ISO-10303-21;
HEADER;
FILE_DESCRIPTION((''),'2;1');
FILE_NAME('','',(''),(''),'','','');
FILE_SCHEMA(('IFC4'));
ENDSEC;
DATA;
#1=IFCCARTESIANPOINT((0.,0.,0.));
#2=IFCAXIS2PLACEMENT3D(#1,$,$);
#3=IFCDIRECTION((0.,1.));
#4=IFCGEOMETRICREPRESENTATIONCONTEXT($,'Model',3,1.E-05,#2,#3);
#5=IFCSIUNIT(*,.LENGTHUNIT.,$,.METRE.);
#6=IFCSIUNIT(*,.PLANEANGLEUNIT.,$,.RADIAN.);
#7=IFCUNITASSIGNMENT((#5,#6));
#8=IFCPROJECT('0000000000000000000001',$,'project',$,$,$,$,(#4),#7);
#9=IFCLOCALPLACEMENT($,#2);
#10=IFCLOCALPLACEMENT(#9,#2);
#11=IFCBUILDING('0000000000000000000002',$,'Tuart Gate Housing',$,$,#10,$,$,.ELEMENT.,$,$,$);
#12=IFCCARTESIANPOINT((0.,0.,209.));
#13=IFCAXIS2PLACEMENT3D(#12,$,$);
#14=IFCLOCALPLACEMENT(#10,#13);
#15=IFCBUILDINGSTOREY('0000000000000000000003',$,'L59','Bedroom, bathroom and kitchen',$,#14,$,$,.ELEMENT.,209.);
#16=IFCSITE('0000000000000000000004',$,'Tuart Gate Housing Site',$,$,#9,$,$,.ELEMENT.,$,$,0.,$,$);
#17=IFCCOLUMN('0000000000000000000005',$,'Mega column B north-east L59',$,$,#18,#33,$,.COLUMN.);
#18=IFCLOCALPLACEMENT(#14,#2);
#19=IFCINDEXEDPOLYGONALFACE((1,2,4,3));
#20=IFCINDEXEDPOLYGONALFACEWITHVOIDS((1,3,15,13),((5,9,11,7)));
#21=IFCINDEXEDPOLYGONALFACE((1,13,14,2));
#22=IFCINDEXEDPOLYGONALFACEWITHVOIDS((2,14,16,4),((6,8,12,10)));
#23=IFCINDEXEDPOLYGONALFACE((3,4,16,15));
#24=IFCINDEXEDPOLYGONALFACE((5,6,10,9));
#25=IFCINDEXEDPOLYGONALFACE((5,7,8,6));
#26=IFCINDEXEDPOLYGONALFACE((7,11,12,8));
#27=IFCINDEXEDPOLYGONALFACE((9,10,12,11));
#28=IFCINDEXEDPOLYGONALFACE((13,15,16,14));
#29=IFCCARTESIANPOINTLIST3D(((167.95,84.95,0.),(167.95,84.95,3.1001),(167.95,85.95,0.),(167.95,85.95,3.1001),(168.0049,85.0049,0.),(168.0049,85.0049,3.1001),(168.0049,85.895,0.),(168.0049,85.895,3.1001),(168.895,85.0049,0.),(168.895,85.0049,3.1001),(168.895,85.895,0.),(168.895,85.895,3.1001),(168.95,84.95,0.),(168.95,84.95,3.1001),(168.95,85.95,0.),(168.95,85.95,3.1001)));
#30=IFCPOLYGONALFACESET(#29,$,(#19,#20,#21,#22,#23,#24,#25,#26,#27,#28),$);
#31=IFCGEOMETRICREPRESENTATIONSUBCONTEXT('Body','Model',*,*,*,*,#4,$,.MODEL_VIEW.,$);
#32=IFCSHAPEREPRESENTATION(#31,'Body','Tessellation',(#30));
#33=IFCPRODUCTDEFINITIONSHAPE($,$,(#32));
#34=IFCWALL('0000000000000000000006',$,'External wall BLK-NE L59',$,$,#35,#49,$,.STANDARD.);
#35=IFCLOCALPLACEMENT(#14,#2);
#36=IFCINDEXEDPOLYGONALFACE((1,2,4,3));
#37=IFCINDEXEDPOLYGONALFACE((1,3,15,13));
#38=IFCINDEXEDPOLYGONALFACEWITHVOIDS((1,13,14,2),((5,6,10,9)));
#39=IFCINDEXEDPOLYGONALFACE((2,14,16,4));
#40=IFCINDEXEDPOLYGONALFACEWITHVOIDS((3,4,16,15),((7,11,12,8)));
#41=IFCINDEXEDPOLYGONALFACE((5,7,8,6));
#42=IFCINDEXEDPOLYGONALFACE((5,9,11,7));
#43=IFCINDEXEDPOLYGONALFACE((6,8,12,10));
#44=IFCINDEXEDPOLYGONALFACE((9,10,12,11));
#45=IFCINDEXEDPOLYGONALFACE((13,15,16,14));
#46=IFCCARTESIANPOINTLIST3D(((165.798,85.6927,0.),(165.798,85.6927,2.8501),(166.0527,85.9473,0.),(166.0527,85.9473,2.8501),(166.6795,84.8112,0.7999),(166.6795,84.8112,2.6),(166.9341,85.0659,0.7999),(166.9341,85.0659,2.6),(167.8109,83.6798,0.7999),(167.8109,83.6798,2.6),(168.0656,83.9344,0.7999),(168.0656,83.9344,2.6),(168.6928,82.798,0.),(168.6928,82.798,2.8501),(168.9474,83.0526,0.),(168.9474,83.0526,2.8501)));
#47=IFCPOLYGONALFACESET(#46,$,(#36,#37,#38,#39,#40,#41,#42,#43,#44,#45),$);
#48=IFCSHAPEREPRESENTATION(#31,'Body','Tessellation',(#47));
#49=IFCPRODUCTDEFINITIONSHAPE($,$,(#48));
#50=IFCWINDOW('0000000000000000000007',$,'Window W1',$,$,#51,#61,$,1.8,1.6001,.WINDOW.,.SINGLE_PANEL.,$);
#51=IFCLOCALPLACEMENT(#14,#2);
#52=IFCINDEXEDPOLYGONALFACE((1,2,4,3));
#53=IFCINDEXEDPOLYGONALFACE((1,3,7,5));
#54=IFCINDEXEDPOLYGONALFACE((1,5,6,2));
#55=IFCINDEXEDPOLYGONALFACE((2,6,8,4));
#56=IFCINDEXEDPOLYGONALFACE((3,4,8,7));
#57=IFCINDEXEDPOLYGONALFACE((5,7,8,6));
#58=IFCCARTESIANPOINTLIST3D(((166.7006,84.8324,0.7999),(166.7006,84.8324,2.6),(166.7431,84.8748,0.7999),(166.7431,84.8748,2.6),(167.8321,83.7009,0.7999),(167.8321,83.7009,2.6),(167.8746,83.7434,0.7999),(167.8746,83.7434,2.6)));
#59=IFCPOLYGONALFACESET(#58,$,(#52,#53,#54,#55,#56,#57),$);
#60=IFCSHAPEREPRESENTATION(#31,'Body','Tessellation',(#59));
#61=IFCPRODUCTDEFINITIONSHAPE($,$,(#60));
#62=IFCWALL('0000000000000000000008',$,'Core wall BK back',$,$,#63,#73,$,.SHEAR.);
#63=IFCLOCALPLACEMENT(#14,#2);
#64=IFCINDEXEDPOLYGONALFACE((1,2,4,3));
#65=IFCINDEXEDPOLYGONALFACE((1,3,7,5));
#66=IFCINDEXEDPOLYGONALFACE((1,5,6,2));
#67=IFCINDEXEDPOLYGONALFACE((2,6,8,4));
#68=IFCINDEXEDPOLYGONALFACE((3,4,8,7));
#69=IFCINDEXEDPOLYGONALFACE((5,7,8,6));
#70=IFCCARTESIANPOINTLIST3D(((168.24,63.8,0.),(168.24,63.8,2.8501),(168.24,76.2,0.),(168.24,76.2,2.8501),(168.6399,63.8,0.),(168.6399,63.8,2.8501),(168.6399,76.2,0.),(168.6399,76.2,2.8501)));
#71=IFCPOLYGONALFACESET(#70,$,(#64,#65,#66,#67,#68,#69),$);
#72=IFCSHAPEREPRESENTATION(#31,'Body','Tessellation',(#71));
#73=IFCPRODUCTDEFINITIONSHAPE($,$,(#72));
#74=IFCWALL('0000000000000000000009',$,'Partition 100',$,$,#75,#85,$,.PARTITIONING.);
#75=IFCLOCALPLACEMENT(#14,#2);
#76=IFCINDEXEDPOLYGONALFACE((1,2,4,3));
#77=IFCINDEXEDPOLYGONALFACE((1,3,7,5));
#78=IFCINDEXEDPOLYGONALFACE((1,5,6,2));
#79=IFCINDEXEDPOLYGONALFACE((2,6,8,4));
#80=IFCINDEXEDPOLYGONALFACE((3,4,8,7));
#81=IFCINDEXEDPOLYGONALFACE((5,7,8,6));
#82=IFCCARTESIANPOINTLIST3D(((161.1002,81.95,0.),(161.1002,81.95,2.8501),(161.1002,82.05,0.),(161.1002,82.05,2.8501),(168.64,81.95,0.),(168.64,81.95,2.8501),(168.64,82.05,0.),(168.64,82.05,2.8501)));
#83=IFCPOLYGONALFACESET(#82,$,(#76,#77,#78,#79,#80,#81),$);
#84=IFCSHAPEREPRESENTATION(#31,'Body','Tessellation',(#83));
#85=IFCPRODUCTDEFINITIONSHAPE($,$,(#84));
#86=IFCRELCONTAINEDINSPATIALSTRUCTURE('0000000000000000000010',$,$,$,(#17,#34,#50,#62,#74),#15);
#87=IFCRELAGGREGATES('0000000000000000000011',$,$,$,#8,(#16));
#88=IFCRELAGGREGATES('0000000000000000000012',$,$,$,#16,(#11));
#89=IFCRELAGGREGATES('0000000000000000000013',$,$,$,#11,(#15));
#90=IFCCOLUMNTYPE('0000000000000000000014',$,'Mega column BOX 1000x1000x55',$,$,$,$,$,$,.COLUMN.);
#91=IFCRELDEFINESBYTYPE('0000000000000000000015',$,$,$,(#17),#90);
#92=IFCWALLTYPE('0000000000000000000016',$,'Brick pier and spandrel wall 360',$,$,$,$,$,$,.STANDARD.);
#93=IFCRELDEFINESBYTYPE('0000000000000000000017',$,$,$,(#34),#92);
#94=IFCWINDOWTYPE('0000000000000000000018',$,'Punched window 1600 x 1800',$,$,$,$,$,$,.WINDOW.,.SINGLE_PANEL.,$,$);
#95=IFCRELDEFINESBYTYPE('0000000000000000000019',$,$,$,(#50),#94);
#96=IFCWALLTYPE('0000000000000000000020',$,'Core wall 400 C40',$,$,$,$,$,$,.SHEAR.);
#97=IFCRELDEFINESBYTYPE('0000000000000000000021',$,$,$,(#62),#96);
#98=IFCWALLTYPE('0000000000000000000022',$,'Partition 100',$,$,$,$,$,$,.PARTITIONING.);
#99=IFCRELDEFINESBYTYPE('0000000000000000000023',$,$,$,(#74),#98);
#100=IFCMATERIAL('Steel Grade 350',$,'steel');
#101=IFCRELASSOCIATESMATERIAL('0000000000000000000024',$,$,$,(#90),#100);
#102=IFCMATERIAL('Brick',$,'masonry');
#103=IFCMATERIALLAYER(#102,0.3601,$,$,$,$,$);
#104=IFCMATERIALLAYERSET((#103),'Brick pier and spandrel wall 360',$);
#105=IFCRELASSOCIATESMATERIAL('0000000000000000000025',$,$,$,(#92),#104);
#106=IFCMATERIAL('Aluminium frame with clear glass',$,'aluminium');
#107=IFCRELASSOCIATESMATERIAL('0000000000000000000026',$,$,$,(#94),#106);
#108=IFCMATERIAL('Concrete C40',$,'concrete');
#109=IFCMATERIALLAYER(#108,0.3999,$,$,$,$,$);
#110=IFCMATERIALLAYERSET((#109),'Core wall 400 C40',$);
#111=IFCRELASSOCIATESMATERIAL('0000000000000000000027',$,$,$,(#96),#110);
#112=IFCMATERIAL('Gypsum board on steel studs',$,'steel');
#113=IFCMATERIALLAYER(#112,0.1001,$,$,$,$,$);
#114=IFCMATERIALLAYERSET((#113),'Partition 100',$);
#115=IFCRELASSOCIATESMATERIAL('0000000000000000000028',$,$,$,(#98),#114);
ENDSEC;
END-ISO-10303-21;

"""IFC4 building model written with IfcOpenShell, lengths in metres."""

from ifc_helpers import new_model, si_unit, direction, frame, frame_2d, origin, origin_2d, place, context, subcontext, project, spatial, rectangle, hollow_rectangle, extrude, material, layer, layer_set, material_profile, profile_set, type_object, element, fill, save


model = new_model("IFC4")

# Units and contexts
model_context = context("Model", 3, precision=1e-05, world=origin(), true_north=direction((0.0, 1.0)))
body_context = subcontext(model_context, "Body", "Model", "MODEL_VIEW")
ifc_project = project(units=[si_unit("LENGTHUNIT", "METRE"), si_unit("PLANEANGLEUNIT", "RADIAN")], contexts=[model_context])

# Site, building, storey
site_placement = place(None, origin())
site = spatial("IfcSite", under=ifc_project, at=site_placement, Name="Tuart Gate Housing Site", CompositionType="ELEMENT", RefElevation=0.0)
building_placement = place(site_placement, origin())
building = spatial("IfcBuilding", under=site, at=building_placement, Name="Tuart Gate Housing", CompositionType="ELEMENT")
storey_placement = place(building_placement, frame((0.0, 0.0, 209.0)))
storey = spatial("IfcBuildingStorey", under=building, at=storey_placement, Name="L59", Description="Bedroom, bathroom and kitchen", CompositionType="ELEMENT", Elevation=209.0)

# Column
ifc_material_1 = material(Name="Steel Grade 350", Category="steel")
ifc_material_profile = material_profile(ifc_material_1, hollow_rectangle(XDim=1.0, YDim=1.0, WallThickness=0.0549, at=origin_2d()), Name="BOX 1000x1000x55")
ifc_profile_set = profile_set([ifc_material_profile], Name="Steel Grade 350")
column_type = type_object("IfcColumnType", Name="Mega column BOX 1000x1000x55", PredefinedType="COLUMN", material=ifc_profile_set)
column_placement = place(storey_placement, frame((168.45, 85.45, 0.0), z_axis=(0.0, 0.0, 1.0), x_axis=(1.0, 0.0, 0.0)))
element("IfcColumn", 1, at=column_placement, inside=storey, type_object=column_type, Name="Mega column B north-east L59", PredefinedType="COLUMN", context=body_context, shape_type="SweptSolid", body=[
    extrude(hollow_rectangle(XDim=1.0, YDim=1.0, WallThickness=0.0549, at=origin_2d()), origin(), (0.0, 0.0, 1.0), 3.1001),
])

# Wall, opening, window
ifc_material_2 = material(Name="Brick", Category="masonry")
ifc_layer_1 = layer(ifc_material_2, 0.3601)
ifc_layer_set_1 = layer_set([ifc_layer_1], Name="Brick pier and spandrel wall 360")
wall_type_1 = type_object("IfcWallType", Name="Brick pier and spandrel wall 360", PredefinedType="STANDARD", material=ifc_layer_set_1)
wall_1_placement = place(storey_placement, frame((168.8201, 82.9253, 0.0), z_axis=(0.0, 0.0, 1.0), x_axis=(-0.707107, 0.707107, 0.0)))
wall_1 = element("IfcWall", 2, at=wall_1_placement, inside=storey, type_object=wall_type_1, Name="External wall BLK-NE L59", PredefinedType="STANDARD", context=body_context, shape_type="SweptSolid", body=[
    extrude(rectangle(XDim=4.0938, YDim=0.3601, at=frame_2d((2.0469, 0.0))), origin(), (0.0, 0.0, 1.0), 2.8501),
])
opening_1_placement = place(wall_1_placement, frame((1.2471, 0.0, 0.8)))
opening_1 = element("IfcOpeningElement", 3, at=opening_1_placement, cuts=wall_1, PredefinedType="OPENING", context=body_context, shape_type="SweptSolid", body=[
    extrude(rectangle(XDim=1.6001, YDim=1.8, at=frame_2d((0.8, 0.8999))), frame((0.0, 0.1899, 0.0), z_axis=(0.0, -1.0, 0.0), x_axis=(1.0, 0.0, 0.0)), (0.0, 0.0, 1.0), 0.3801),
])
ifc_material_3 = material(Name="Aluminium frame with clear glass", Category="aluminium")
window_type_1 = type_object("IfcWindowType", Name="Punched window 1600 x 1800", PartitioningType="SINGLE_PANEL", PredefinedType="WINDOW", material=ifc_material_3)
window_1_placement = place(opening_1_placement, origin())
window_1 = element("IfcWindow", 4, at=window_1_placement, inside=storey, type_object=window_type_1, Name="Window W1", OverallHeight=1.8, OverallWidth=1.6001, PartitioningType="SINGLE_PANEL", PredefinedType="WINDOW", context=body_context, shape_type="SweptSolid", body=[
    extrude(rectangle(XDim=1.6001, YDim=1.8, at=frame_2d((0.8, 0.8999))), frame((0.0, 0.1501, 0.0), z_axis=(0.0, -1.0, 0.0), x_axis=(1.0, 0.0, 0.0)), (0.0, 0.0, 1.0), 0.0601),
])
fill(opening_1, window_1)

# Walls
ifc_material_4 = material(Name="Concrete C40", Category="concrete")
ifc_layer_2 = layer(ifc_material_4, 0.3999)
ifc_layer_set_2 = layer_set([ifc_layer_2], Name="Core wall 400 C40")
wall_type_2 = type_object("IfcWallType", Name="Core wall 400 C40", PredefinedType="SHEAR", material=ifc_layer_set_2)
wall_2_placement = place(storey_placement, frame((168.4399, 76.2, 0.0), z_axis=(0.0, 0.0, 1.0), x_axis=(0.0, -1.0, 0.0)))
element("IfcWall", 5, at=wall_2_placement, inside=storey, type_object=wall_type_2, Name="Core wall BK back", PredefinedType="SHEAR", context=body_context, shape_type="SweptSolid", body=[
    extrude(rectangle(XDim=12.3999, YDim=0.3999, at=frame_2d((6.2, 0.0))), origin(), (0.0, 0.0, 1.0), 2.8501),
])
ifc_material_5 = material(Name="Gypsum board on steel studs", Category="steel")
ifc_layer_3 = layer(ifc_material_5, 0.1001)
ifc_layer_set_3 = layer_set([ifc_layer_3], Name="Partition 100")
wall_type_3 = type_object("IfcWallType", Name="Partition 100", PredefinedType="PARTITIONING", material=ifc_layer_set_3)
wall_3_placement = place(storey_placement, frame((161.1001, 82.0, 0.0), z_axis=(0.0, 0.0, 1.0), x_axis=(1.0, 0.0, 0.0)))
element("IfcWall", 6, at=wall_3_placement, inside=storey, type_object=wall_type_3, Name="Partition 100", PredefinedType="PARTITIONING", context=body_context, shape_type="SweptSolid", body=[
    extrude(rectangle(XDim=7.5398, YDim=0.1001, at=frame_2d((3.77, 0.0))), origin(), (0.0, 0.0, 1.0), 2.8501),
])

save(model, "model.ifc")
